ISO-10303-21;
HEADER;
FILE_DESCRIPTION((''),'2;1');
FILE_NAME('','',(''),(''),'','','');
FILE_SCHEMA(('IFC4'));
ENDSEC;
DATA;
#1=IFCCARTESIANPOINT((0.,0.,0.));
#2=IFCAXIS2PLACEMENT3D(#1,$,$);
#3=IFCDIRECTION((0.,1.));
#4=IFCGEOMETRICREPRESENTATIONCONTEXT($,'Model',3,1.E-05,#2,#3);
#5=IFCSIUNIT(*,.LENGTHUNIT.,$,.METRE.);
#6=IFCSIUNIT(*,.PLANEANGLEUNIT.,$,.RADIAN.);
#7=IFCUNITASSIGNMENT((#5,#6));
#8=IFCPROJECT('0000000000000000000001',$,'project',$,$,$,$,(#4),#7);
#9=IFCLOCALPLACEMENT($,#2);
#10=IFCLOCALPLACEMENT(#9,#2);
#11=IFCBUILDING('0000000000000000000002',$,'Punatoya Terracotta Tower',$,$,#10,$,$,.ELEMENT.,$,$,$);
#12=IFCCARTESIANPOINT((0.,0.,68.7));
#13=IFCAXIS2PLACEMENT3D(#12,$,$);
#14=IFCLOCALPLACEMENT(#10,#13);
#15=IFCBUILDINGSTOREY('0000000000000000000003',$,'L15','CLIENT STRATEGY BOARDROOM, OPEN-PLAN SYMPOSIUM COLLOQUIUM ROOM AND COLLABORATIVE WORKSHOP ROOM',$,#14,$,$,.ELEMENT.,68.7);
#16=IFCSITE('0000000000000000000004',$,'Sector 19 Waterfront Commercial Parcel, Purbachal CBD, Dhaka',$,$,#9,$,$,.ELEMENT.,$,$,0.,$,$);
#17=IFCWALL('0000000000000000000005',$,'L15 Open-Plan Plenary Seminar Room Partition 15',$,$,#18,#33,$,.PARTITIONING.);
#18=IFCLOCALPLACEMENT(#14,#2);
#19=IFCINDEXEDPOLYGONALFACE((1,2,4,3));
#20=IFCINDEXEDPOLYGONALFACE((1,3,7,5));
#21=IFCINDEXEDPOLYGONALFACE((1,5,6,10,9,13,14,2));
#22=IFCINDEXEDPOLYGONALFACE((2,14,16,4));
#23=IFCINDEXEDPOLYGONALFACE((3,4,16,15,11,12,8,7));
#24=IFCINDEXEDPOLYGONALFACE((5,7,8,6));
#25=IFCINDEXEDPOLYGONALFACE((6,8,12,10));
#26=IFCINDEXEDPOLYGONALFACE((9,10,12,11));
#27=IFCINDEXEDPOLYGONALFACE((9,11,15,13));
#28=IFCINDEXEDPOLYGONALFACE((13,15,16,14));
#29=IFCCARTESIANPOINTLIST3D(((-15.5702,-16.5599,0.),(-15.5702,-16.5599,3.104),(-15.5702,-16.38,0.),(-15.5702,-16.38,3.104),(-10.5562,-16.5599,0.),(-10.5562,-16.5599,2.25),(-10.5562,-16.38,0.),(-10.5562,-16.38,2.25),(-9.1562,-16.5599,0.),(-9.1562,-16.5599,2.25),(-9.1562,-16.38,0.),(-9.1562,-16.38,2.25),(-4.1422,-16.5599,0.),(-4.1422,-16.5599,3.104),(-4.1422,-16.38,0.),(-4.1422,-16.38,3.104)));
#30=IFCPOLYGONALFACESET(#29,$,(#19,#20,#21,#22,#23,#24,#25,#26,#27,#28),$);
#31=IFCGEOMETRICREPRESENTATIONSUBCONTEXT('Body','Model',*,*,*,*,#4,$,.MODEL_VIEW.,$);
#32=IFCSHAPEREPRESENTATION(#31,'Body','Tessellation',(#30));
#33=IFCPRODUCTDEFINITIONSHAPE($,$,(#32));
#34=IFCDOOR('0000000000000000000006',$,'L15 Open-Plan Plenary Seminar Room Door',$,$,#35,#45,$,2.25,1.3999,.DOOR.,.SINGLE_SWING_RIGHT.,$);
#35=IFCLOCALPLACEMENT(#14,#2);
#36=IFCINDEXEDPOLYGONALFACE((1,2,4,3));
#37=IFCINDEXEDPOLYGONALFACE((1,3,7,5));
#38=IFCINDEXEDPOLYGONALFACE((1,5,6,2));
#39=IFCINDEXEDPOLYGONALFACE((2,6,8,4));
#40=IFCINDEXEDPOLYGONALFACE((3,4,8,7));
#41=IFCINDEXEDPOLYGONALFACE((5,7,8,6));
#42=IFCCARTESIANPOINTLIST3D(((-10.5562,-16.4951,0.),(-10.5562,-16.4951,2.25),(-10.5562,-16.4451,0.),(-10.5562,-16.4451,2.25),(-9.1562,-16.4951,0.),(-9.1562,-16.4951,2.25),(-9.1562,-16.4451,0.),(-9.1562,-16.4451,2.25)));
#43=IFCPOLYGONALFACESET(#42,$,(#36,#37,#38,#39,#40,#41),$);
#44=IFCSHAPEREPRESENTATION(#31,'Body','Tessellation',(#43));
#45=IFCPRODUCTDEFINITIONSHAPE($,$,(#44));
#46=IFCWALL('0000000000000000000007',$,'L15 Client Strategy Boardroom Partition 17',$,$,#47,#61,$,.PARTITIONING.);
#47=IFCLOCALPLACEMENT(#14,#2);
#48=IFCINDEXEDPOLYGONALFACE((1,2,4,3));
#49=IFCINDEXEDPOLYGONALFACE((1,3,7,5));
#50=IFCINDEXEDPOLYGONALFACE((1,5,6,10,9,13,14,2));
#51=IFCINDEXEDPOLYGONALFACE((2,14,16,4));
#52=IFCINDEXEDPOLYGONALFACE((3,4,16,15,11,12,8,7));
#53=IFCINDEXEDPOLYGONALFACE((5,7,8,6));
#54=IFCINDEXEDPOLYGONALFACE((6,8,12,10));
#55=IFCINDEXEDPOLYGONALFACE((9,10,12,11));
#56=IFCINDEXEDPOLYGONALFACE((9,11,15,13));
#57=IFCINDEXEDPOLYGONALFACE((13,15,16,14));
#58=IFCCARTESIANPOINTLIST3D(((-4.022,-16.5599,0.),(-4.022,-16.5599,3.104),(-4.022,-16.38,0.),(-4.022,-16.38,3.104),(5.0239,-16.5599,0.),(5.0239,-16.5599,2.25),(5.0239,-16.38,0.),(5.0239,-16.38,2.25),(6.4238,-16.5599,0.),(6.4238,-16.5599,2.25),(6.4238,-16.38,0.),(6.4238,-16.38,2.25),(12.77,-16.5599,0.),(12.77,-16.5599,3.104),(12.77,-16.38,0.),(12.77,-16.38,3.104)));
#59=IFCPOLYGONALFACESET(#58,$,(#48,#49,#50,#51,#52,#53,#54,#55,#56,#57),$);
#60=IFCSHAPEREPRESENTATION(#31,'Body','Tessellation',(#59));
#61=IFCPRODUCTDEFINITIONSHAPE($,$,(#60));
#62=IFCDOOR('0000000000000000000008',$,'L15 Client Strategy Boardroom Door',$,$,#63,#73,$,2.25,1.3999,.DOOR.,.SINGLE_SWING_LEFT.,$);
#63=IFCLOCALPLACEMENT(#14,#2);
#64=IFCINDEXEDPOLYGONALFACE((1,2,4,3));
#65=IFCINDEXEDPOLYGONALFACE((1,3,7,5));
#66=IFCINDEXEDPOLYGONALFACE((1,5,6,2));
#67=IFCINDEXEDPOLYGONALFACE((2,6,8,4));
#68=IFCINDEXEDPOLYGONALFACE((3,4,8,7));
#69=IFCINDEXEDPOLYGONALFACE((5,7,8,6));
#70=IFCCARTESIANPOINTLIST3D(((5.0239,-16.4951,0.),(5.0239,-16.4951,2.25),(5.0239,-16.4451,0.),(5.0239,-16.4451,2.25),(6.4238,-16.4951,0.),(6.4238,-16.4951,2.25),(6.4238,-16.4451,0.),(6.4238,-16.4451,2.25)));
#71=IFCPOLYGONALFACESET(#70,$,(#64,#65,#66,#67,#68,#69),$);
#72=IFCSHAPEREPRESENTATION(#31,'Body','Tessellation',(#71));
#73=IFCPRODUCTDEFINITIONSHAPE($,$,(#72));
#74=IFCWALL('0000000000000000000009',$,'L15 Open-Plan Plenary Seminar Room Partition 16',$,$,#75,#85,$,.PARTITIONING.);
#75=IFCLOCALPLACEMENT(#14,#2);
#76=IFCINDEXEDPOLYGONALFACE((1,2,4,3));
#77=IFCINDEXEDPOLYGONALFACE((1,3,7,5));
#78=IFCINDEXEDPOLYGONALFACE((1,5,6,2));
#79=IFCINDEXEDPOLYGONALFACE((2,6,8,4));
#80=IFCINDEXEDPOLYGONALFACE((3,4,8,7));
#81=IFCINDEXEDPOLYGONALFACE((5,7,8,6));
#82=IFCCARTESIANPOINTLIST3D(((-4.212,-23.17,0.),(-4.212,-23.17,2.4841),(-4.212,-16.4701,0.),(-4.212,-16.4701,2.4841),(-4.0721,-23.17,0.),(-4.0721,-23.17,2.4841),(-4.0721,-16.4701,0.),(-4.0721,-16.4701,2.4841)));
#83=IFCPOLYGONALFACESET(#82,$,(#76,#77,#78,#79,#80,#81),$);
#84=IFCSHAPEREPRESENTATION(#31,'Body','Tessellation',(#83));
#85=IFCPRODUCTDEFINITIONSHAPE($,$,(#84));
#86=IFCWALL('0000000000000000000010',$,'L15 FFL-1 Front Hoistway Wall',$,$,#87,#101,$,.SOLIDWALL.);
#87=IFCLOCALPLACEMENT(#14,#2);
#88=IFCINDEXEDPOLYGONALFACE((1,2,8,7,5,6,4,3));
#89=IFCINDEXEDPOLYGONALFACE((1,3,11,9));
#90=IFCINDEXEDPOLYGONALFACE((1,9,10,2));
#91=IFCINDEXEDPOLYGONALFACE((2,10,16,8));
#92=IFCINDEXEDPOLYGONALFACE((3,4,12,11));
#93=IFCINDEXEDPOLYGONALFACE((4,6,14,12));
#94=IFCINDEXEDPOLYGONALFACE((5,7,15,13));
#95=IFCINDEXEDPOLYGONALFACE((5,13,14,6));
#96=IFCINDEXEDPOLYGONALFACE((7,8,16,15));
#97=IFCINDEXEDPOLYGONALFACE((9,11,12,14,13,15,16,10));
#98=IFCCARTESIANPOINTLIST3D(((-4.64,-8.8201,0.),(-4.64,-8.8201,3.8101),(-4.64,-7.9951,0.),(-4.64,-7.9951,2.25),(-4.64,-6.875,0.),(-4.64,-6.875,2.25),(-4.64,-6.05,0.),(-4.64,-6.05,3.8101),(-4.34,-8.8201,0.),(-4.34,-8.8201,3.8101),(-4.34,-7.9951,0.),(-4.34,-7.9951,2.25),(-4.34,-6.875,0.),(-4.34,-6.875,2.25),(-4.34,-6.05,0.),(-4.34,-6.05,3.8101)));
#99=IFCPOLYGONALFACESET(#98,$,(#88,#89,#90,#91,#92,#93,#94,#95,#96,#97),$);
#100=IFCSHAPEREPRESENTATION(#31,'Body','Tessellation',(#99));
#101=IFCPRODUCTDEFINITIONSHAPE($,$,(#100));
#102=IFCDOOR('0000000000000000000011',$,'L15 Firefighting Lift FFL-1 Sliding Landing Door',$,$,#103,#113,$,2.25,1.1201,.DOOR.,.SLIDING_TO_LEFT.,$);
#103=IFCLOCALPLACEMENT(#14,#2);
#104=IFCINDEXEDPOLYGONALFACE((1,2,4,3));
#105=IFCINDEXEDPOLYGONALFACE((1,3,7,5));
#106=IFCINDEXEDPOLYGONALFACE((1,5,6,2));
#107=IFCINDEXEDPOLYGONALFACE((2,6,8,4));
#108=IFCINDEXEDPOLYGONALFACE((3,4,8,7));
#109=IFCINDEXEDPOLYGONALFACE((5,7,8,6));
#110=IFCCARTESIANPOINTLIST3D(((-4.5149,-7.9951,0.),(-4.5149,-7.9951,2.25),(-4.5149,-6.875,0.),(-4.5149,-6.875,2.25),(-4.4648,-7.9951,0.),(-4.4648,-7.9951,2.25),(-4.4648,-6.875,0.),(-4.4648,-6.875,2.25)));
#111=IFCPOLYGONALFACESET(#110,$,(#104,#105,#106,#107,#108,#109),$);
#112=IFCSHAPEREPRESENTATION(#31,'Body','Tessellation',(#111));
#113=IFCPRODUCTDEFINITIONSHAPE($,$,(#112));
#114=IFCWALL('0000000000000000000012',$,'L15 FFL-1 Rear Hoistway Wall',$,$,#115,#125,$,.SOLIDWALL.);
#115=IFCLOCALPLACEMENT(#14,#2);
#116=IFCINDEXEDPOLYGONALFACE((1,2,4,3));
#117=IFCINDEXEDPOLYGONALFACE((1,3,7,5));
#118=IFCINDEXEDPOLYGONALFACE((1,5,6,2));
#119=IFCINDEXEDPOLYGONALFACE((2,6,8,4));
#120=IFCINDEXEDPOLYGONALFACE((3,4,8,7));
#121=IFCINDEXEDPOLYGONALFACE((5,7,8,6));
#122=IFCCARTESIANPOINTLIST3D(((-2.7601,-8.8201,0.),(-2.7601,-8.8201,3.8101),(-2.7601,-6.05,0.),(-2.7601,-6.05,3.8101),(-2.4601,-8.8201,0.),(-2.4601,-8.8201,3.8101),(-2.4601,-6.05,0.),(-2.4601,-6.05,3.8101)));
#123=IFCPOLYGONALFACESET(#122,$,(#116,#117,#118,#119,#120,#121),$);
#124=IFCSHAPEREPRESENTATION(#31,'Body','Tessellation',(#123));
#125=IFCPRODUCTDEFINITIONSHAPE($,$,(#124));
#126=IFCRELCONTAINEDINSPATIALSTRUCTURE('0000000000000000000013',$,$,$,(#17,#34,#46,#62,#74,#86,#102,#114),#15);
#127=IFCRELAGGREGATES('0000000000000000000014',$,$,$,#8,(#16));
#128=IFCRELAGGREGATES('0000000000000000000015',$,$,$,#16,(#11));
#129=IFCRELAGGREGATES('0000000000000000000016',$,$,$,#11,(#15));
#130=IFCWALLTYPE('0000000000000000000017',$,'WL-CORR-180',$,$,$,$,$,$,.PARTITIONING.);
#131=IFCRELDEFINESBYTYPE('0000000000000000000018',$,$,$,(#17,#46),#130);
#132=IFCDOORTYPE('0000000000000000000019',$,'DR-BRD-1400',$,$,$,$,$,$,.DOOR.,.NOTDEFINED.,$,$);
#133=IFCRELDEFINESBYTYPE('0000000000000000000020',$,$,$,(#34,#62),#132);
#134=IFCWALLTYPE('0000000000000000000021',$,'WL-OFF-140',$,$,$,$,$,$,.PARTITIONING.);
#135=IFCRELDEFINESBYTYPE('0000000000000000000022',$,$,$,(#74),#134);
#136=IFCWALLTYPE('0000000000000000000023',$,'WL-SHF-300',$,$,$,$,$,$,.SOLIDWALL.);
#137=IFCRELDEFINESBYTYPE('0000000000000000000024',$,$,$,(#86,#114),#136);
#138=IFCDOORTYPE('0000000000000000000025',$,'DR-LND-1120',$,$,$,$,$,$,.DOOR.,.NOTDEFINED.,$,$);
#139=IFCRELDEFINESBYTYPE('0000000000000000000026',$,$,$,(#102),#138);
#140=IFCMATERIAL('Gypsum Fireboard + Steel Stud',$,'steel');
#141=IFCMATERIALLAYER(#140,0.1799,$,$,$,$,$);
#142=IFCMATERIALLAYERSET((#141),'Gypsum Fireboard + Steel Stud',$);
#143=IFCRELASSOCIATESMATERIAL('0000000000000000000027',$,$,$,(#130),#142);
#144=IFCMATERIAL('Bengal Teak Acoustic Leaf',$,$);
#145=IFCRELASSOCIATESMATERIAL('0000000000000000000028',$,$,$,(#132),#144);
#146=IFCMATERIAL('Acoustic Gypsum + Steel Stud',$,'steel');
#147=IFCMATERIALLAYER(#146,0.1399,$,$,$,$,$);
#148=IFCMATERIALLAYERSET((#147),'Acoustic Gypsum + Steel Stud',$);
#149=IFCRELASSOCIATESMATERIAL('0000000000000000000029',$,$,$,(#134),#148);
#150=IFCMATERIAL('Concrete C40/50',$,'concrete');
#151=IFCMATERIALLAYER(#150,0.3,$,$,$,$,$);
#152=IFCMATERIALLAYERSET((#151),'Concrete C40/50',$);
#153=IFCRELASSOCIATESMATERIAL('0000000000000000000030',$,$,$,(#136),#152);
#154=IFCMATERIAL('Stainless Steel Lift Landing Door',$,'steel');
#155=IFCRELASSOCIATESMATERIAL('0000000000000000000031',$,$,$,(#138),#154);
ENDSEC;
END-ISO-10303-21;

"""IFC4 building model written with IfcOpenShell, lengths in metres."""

from ifc_helpers import new_model, si_unit, direction, frame, frame_2d, origin, place, context, subcontext, project, spatial, rectangle, extrude, material, layer, layer_set, type_object, element, fill, save


model = new_model("IFC4")

# Units and contexts
model_context = context("Model", 3, precision=1e-05, world=origin(), true_north=direction((0.0, 1.0)))
body_context = subcontext(model_context, "Body", "Model", "MODEL_VIEW")
ifc_project = project(units=[si_unit("LENGTHUNIT", "METRE"), si_unit("PLANEANGLEUNIT", "RADIAN")], contexts=[model_context])

# Site, building, storey
site_placement = place(None, origin())
site = spatial("IfcSite", under=ifc_project, at=site_placement, Name="Sector 19 Waterfront Commercial Parcel, Purbachal CBD, Dhaka", CompositionType="ELEMENT", RefElevation=0.0)
building_placement = place(site_placement, origin())
building = spatial("IfcBuilding", under=site, at=building_placement, Name="Punatoya Terracotta Tower", CompositionType="ELEMENT")
storey_placement = place(building_placement, frame((0.0, 0.0, 68.7)))
storey = spatial("IfcBuildingStorey", under=building, at=storey_placement, Name="L15", Description="CLIENT STRATEGY BOARDROOM, OPEN-PLAN SYMPOSIUM COLLOQUIUM ROOM AND COLLABORATIVE WORKSHOP ROOM", CompositionType="ELEMENT", Elevation=68.7)

# Walls, openings, doors
ifc_material_1 = material(Name="Gypsum Fireboard + Steel Stud", Category="steel")
ifc_layer_1 = layer(ifc_material_1, 0.1799)
ifc_layer_set_1 = layer_set([ifc_layer_1], Name="Gypsum Fireboard + Steel Stud")
wall_type_1 = type_object("IfcWallType", Name="WL-CORR-180", PredefinedType="PARTITIONING", material=ifc_layer_set_1)
wall_1_placement = place(storey_placement, frame((-15.5701, -16.47, 0.0), z_axis=(0.0, 0.0, 1.0), x_axis=(1.0, 0.0, 0.0)))
wall_1 = element("IfcWall", 1, at=wall_1_placement, inside=storey, type_object=wall_type_1, Name="L15 Open-Plan Plenary Seminar Room Partition 15", PredefinedType="PARTITIONING", context=body_context, shape_type="SweptSolid", body=[
    extrude(rectangle(XDim=11.428, YDim=0.1799, at=frame_2d((5.7139, 0.0))), origin(), (0.0, 0.0, 1.0), 3.104),
])
opening_1_placement = place(wall_1_placement, frame((5.0139, 0.0, 0.0)))
opening_1 = element("IfcOpeningElement", 2, at=opening_1_placement, cuts=wall_1, PredefinedType="OPENING", context=body_context, shape_type="SweptSolid", body=[
    extrude(rectangle(XDim=1.3999, YDim=2.25, at=frame_2d((0.7, 1.125))), frame((0.0, 0.0999, 0.0), z_axis=(0.0, -1.0, 0.0), x_axis=(1.0, 0.0, 0.0)), (0.0, 0.0, 1.0), 0.2),
])
ifc_material_2 = material(Name="Bengal Teak Acoustic Leaf")
door_type_1 = type_object("IfcDoorType", Name="DR-BRD-1400", OperationType="NOTDEFINED", PredefinedType="DOOR", material=ifc_material_2)
door_1_placement = place(opening_1_placement, origin())
door_1 = element("IfcDoor", 3, at=door_1_placement, inside=storey, type_object=door_type_1, Name="L15 Open-Plan Plenary Seminar Room Door", OperationType="SINGLE_SWING_RIGHT", OverallHeight=2.25, OverallWidth=1.3999, PredefinedType="DOOR", context=body_context, shape_type="SweptSolid", body=[
    extrude(rectangle(XDim=1.3999, YDim=2.25, at=frame_2d((0.7, 1.125))), frame((0.0, 0.0249, 0.0), z_axis=(0.0, -1.0, 0.0), x_axis=(1.0, 0.0, 0.0)), (0.0, 0.0, 1.0), 0.05),
])
fill(opening_1, door_1)
wall_2_placement = place(storey_placement, frame((-4.022, -16.47, 0.0), z_axis=(0.0, 0.0, 1.0), x_axis=(1.0, 0.0, 0.0)))
wall_2 = element("IfcWall", 4, at=wall_2_placement, inside=storey, type_object=wall_type_1, Name="L15 Client Strategy Boardroom Partition 17", PredefinedType="PARTITIONING", context=body_context, shape_type="SweptSolid", body=[
    extrude(rectangle(XDim=16.792, YDim=0.1799, at=frame_2d((8.396, 0.0))), origin(), (0.0, 0.0, 1.0), 3.104),
])
opening_2_placement = place(wall_2_placement, frame((9.0459, 0.0, 0.0)))
opening_2 = element("IfcOpeningElement", 5, at=opening_2_placement, cuts=wall_2, PredefinedType="OPENING", context=body_context, shape_type="SweptSolid", body=[
    extrude(rectangle(XDim=1.3999, YDim=2.25, at=frame_2d((0.7, 1.125))), frame((0.0, 0.0999, 0.0), z_axis=(0.0, -1.0, 0.0), x_axis=(1.0, 0.0, 0.0)), (0.0, 0.0, 1.0), 0.2),
])
door_2_placement = place(opening_2_placement, origin())
door_2 = element("IfcDoor", 6, at=door_2_placement, inside=storey, type_object=door_type_1, Name="L15 Client Strategy Boardroom Door", OperationType="SINGLE_SWING_LEFT", OverallHeight=2.25, OverallWidth=1.3999, PredefinedType="DOOR", context=body_context, shape_type="SweptSolid", body=[
    extrude(rectangle(XDim=1.3999, YDim=2.25, at=frame_2d((0.7, 1.125))), frame((0.0, 0.0249, 0.0), z_axis=(0.0, -1.0, 0.0), x_axis=(1.0, 0.0, 0.0)), (0.0, 0.0, 1.0), 0.05),
])
fill(opening_2, door_2)

# Wall
ifc_material_3 = material(Name="Acoustic Gypsum + Steel Stud", Category="steel")
ifc_layer_2 = layer(ifc_material_3, 0.1399)
ifc_layer_set_2 = layer_set([ifc_layer_2], Name="Acoustic Gypsum + Steel Stud")
wall_type_2 = type_object("IfcWallType", Name="WL-OFF-140", PredefinedType="PARTITIONING", material=ifc_layer_set_2)
wall_3_placement = place(storey_placement, frame((-4.1421, -16.47, 0.0), z_axis=(0.0, 0.0, 1.0), x_axis=(0.0, -1.0, 0.0)))
element("IfcWall", 7, at=wall_3_placement, inside=storey, type_object=wall_type_2, Name="L15 Open-Plan Plenary Seminar Room Partition 16", PredefinedType="PARTITIONING", context=body_context, shape_type="SweptSolid", body=[
    extrude(rectangle(XDim=6.7, YDim=0.1399, at=frame_2d((3.3501, 0.0))), origin(), (0.0, 0.0, 1.0), 2.4841),
])

# Wall, opening, door
ifc_material_4 = material(Name="Concrete C40/50", Category="concrete")
ifc_layer_3 = layer(ifc_material_4, 0.3)
ifc_layer_set_3 = layer_set([ifc_layer_3], Name="Concrete C40/50")
wall_type_3 = type_object("IfcWallType", Name="WL-SHF-300", PredefinedType="SOLIDWALL", material=ifc_layer_set_3)
wall_4_placement = place(storey_placement, frame((-4.49, -8.8201, 0.0), z_axis=(0.0, 0.0, 1.0), x_axis=(0.0, 1.0, 0.0)))
wall_4 = element("IfcWall", 8, at=wall_4_placement, inside=storey, type_object=wall_type_3, Name="L15 FFL-1 Front Hoistway Wall", PredefinedType="SOLIDWALL", context=body_context, shape_type="SweptSolid", body=[
    extrude(rectangle(XDim=2.77, YDim=0.3, at=frame_2d((1.385, 0.0))), origin(), (0.0, 0.0, 1.0), 3.8101),
])
opening_3_placement = place(wall_4_placement, frame((0.825, 0.0, 0.0)))
opening_3 = element("IfcOpeningElement", 9, at=opening_3_placement, cuts=wall_4, PredefinedType="OPENING", context=body_context, shape_type="SweptSolid", body=[
    extrude(rectangle(XDim=1.1201, YDim=2.25, at=frame_2d((0.5601, 1.125))), frame((0.0, 0.1599, 0.0), z_axis=(0.0, -1.0, 0.0), x_axis=(1.0, 0.0, 0.0)), (0.0, 0.0, 1.0), 0.3201),
])
ifc_material_5 = material(Name="Stainless Steel Lift Landing Door", Category="steel")
door_type_2 = type_object("IfcDoorType", Name="DR-LND-1120", OperationType="NOTDEFINED", PredefinedType="DOOR", material=ifc_material_5)
door_3_placement = place(opening_3_placement, origin())
door_3 = element("IfcDoor", 10, at=door_3_placement, inside=storey, type_object=door_type_2, Name="L15 Firefighting Lift FFL-1 Sliding Landing Door", OperationType="SLIDING_TO_LEFT", OverallHeight=2.25, OverallWidth=1.1201, PredefinedType="DOOR", context=body_context, shape_type="SweptSolid", body=[
    extrude(rectangle(XDim=1.1201, YDim=2.25, at=frame_2d((0.5601, 1.125))), frame((0.0, 0.0249, 0.0), z_axis=(0.0, -1.0, 0.0), x_axis=(1.0, 0.0, 0.0)), (0.0, 0.0, 1.0), 0.05),
])
fill(opening_3, door_3)

# Wall
wall_5_placement = place(storey_placement, frame((-2.6101, -8.8201, 0.0), z_axis=(0.0, 0.0, 1.0), x_axis=(0.0, 1.0, 0.0)))
element("IfcWall", 11, at=wall_5_placement, inside=storey, type_object=wall_type_3, Name="L15 FFL-1 Rear Hoistway Wall", PredefinedType="SOLIDWALL", context=body_context, shape_type="SweptSolid", body=[
    extrude(rectangle(XDim=2.77, YDim=0.3, at=frame_2d((1.385, 0.0))), origin(), (0.0, 0.0, 1.0), 3.8101),
])

save(model, "model.ifc")
